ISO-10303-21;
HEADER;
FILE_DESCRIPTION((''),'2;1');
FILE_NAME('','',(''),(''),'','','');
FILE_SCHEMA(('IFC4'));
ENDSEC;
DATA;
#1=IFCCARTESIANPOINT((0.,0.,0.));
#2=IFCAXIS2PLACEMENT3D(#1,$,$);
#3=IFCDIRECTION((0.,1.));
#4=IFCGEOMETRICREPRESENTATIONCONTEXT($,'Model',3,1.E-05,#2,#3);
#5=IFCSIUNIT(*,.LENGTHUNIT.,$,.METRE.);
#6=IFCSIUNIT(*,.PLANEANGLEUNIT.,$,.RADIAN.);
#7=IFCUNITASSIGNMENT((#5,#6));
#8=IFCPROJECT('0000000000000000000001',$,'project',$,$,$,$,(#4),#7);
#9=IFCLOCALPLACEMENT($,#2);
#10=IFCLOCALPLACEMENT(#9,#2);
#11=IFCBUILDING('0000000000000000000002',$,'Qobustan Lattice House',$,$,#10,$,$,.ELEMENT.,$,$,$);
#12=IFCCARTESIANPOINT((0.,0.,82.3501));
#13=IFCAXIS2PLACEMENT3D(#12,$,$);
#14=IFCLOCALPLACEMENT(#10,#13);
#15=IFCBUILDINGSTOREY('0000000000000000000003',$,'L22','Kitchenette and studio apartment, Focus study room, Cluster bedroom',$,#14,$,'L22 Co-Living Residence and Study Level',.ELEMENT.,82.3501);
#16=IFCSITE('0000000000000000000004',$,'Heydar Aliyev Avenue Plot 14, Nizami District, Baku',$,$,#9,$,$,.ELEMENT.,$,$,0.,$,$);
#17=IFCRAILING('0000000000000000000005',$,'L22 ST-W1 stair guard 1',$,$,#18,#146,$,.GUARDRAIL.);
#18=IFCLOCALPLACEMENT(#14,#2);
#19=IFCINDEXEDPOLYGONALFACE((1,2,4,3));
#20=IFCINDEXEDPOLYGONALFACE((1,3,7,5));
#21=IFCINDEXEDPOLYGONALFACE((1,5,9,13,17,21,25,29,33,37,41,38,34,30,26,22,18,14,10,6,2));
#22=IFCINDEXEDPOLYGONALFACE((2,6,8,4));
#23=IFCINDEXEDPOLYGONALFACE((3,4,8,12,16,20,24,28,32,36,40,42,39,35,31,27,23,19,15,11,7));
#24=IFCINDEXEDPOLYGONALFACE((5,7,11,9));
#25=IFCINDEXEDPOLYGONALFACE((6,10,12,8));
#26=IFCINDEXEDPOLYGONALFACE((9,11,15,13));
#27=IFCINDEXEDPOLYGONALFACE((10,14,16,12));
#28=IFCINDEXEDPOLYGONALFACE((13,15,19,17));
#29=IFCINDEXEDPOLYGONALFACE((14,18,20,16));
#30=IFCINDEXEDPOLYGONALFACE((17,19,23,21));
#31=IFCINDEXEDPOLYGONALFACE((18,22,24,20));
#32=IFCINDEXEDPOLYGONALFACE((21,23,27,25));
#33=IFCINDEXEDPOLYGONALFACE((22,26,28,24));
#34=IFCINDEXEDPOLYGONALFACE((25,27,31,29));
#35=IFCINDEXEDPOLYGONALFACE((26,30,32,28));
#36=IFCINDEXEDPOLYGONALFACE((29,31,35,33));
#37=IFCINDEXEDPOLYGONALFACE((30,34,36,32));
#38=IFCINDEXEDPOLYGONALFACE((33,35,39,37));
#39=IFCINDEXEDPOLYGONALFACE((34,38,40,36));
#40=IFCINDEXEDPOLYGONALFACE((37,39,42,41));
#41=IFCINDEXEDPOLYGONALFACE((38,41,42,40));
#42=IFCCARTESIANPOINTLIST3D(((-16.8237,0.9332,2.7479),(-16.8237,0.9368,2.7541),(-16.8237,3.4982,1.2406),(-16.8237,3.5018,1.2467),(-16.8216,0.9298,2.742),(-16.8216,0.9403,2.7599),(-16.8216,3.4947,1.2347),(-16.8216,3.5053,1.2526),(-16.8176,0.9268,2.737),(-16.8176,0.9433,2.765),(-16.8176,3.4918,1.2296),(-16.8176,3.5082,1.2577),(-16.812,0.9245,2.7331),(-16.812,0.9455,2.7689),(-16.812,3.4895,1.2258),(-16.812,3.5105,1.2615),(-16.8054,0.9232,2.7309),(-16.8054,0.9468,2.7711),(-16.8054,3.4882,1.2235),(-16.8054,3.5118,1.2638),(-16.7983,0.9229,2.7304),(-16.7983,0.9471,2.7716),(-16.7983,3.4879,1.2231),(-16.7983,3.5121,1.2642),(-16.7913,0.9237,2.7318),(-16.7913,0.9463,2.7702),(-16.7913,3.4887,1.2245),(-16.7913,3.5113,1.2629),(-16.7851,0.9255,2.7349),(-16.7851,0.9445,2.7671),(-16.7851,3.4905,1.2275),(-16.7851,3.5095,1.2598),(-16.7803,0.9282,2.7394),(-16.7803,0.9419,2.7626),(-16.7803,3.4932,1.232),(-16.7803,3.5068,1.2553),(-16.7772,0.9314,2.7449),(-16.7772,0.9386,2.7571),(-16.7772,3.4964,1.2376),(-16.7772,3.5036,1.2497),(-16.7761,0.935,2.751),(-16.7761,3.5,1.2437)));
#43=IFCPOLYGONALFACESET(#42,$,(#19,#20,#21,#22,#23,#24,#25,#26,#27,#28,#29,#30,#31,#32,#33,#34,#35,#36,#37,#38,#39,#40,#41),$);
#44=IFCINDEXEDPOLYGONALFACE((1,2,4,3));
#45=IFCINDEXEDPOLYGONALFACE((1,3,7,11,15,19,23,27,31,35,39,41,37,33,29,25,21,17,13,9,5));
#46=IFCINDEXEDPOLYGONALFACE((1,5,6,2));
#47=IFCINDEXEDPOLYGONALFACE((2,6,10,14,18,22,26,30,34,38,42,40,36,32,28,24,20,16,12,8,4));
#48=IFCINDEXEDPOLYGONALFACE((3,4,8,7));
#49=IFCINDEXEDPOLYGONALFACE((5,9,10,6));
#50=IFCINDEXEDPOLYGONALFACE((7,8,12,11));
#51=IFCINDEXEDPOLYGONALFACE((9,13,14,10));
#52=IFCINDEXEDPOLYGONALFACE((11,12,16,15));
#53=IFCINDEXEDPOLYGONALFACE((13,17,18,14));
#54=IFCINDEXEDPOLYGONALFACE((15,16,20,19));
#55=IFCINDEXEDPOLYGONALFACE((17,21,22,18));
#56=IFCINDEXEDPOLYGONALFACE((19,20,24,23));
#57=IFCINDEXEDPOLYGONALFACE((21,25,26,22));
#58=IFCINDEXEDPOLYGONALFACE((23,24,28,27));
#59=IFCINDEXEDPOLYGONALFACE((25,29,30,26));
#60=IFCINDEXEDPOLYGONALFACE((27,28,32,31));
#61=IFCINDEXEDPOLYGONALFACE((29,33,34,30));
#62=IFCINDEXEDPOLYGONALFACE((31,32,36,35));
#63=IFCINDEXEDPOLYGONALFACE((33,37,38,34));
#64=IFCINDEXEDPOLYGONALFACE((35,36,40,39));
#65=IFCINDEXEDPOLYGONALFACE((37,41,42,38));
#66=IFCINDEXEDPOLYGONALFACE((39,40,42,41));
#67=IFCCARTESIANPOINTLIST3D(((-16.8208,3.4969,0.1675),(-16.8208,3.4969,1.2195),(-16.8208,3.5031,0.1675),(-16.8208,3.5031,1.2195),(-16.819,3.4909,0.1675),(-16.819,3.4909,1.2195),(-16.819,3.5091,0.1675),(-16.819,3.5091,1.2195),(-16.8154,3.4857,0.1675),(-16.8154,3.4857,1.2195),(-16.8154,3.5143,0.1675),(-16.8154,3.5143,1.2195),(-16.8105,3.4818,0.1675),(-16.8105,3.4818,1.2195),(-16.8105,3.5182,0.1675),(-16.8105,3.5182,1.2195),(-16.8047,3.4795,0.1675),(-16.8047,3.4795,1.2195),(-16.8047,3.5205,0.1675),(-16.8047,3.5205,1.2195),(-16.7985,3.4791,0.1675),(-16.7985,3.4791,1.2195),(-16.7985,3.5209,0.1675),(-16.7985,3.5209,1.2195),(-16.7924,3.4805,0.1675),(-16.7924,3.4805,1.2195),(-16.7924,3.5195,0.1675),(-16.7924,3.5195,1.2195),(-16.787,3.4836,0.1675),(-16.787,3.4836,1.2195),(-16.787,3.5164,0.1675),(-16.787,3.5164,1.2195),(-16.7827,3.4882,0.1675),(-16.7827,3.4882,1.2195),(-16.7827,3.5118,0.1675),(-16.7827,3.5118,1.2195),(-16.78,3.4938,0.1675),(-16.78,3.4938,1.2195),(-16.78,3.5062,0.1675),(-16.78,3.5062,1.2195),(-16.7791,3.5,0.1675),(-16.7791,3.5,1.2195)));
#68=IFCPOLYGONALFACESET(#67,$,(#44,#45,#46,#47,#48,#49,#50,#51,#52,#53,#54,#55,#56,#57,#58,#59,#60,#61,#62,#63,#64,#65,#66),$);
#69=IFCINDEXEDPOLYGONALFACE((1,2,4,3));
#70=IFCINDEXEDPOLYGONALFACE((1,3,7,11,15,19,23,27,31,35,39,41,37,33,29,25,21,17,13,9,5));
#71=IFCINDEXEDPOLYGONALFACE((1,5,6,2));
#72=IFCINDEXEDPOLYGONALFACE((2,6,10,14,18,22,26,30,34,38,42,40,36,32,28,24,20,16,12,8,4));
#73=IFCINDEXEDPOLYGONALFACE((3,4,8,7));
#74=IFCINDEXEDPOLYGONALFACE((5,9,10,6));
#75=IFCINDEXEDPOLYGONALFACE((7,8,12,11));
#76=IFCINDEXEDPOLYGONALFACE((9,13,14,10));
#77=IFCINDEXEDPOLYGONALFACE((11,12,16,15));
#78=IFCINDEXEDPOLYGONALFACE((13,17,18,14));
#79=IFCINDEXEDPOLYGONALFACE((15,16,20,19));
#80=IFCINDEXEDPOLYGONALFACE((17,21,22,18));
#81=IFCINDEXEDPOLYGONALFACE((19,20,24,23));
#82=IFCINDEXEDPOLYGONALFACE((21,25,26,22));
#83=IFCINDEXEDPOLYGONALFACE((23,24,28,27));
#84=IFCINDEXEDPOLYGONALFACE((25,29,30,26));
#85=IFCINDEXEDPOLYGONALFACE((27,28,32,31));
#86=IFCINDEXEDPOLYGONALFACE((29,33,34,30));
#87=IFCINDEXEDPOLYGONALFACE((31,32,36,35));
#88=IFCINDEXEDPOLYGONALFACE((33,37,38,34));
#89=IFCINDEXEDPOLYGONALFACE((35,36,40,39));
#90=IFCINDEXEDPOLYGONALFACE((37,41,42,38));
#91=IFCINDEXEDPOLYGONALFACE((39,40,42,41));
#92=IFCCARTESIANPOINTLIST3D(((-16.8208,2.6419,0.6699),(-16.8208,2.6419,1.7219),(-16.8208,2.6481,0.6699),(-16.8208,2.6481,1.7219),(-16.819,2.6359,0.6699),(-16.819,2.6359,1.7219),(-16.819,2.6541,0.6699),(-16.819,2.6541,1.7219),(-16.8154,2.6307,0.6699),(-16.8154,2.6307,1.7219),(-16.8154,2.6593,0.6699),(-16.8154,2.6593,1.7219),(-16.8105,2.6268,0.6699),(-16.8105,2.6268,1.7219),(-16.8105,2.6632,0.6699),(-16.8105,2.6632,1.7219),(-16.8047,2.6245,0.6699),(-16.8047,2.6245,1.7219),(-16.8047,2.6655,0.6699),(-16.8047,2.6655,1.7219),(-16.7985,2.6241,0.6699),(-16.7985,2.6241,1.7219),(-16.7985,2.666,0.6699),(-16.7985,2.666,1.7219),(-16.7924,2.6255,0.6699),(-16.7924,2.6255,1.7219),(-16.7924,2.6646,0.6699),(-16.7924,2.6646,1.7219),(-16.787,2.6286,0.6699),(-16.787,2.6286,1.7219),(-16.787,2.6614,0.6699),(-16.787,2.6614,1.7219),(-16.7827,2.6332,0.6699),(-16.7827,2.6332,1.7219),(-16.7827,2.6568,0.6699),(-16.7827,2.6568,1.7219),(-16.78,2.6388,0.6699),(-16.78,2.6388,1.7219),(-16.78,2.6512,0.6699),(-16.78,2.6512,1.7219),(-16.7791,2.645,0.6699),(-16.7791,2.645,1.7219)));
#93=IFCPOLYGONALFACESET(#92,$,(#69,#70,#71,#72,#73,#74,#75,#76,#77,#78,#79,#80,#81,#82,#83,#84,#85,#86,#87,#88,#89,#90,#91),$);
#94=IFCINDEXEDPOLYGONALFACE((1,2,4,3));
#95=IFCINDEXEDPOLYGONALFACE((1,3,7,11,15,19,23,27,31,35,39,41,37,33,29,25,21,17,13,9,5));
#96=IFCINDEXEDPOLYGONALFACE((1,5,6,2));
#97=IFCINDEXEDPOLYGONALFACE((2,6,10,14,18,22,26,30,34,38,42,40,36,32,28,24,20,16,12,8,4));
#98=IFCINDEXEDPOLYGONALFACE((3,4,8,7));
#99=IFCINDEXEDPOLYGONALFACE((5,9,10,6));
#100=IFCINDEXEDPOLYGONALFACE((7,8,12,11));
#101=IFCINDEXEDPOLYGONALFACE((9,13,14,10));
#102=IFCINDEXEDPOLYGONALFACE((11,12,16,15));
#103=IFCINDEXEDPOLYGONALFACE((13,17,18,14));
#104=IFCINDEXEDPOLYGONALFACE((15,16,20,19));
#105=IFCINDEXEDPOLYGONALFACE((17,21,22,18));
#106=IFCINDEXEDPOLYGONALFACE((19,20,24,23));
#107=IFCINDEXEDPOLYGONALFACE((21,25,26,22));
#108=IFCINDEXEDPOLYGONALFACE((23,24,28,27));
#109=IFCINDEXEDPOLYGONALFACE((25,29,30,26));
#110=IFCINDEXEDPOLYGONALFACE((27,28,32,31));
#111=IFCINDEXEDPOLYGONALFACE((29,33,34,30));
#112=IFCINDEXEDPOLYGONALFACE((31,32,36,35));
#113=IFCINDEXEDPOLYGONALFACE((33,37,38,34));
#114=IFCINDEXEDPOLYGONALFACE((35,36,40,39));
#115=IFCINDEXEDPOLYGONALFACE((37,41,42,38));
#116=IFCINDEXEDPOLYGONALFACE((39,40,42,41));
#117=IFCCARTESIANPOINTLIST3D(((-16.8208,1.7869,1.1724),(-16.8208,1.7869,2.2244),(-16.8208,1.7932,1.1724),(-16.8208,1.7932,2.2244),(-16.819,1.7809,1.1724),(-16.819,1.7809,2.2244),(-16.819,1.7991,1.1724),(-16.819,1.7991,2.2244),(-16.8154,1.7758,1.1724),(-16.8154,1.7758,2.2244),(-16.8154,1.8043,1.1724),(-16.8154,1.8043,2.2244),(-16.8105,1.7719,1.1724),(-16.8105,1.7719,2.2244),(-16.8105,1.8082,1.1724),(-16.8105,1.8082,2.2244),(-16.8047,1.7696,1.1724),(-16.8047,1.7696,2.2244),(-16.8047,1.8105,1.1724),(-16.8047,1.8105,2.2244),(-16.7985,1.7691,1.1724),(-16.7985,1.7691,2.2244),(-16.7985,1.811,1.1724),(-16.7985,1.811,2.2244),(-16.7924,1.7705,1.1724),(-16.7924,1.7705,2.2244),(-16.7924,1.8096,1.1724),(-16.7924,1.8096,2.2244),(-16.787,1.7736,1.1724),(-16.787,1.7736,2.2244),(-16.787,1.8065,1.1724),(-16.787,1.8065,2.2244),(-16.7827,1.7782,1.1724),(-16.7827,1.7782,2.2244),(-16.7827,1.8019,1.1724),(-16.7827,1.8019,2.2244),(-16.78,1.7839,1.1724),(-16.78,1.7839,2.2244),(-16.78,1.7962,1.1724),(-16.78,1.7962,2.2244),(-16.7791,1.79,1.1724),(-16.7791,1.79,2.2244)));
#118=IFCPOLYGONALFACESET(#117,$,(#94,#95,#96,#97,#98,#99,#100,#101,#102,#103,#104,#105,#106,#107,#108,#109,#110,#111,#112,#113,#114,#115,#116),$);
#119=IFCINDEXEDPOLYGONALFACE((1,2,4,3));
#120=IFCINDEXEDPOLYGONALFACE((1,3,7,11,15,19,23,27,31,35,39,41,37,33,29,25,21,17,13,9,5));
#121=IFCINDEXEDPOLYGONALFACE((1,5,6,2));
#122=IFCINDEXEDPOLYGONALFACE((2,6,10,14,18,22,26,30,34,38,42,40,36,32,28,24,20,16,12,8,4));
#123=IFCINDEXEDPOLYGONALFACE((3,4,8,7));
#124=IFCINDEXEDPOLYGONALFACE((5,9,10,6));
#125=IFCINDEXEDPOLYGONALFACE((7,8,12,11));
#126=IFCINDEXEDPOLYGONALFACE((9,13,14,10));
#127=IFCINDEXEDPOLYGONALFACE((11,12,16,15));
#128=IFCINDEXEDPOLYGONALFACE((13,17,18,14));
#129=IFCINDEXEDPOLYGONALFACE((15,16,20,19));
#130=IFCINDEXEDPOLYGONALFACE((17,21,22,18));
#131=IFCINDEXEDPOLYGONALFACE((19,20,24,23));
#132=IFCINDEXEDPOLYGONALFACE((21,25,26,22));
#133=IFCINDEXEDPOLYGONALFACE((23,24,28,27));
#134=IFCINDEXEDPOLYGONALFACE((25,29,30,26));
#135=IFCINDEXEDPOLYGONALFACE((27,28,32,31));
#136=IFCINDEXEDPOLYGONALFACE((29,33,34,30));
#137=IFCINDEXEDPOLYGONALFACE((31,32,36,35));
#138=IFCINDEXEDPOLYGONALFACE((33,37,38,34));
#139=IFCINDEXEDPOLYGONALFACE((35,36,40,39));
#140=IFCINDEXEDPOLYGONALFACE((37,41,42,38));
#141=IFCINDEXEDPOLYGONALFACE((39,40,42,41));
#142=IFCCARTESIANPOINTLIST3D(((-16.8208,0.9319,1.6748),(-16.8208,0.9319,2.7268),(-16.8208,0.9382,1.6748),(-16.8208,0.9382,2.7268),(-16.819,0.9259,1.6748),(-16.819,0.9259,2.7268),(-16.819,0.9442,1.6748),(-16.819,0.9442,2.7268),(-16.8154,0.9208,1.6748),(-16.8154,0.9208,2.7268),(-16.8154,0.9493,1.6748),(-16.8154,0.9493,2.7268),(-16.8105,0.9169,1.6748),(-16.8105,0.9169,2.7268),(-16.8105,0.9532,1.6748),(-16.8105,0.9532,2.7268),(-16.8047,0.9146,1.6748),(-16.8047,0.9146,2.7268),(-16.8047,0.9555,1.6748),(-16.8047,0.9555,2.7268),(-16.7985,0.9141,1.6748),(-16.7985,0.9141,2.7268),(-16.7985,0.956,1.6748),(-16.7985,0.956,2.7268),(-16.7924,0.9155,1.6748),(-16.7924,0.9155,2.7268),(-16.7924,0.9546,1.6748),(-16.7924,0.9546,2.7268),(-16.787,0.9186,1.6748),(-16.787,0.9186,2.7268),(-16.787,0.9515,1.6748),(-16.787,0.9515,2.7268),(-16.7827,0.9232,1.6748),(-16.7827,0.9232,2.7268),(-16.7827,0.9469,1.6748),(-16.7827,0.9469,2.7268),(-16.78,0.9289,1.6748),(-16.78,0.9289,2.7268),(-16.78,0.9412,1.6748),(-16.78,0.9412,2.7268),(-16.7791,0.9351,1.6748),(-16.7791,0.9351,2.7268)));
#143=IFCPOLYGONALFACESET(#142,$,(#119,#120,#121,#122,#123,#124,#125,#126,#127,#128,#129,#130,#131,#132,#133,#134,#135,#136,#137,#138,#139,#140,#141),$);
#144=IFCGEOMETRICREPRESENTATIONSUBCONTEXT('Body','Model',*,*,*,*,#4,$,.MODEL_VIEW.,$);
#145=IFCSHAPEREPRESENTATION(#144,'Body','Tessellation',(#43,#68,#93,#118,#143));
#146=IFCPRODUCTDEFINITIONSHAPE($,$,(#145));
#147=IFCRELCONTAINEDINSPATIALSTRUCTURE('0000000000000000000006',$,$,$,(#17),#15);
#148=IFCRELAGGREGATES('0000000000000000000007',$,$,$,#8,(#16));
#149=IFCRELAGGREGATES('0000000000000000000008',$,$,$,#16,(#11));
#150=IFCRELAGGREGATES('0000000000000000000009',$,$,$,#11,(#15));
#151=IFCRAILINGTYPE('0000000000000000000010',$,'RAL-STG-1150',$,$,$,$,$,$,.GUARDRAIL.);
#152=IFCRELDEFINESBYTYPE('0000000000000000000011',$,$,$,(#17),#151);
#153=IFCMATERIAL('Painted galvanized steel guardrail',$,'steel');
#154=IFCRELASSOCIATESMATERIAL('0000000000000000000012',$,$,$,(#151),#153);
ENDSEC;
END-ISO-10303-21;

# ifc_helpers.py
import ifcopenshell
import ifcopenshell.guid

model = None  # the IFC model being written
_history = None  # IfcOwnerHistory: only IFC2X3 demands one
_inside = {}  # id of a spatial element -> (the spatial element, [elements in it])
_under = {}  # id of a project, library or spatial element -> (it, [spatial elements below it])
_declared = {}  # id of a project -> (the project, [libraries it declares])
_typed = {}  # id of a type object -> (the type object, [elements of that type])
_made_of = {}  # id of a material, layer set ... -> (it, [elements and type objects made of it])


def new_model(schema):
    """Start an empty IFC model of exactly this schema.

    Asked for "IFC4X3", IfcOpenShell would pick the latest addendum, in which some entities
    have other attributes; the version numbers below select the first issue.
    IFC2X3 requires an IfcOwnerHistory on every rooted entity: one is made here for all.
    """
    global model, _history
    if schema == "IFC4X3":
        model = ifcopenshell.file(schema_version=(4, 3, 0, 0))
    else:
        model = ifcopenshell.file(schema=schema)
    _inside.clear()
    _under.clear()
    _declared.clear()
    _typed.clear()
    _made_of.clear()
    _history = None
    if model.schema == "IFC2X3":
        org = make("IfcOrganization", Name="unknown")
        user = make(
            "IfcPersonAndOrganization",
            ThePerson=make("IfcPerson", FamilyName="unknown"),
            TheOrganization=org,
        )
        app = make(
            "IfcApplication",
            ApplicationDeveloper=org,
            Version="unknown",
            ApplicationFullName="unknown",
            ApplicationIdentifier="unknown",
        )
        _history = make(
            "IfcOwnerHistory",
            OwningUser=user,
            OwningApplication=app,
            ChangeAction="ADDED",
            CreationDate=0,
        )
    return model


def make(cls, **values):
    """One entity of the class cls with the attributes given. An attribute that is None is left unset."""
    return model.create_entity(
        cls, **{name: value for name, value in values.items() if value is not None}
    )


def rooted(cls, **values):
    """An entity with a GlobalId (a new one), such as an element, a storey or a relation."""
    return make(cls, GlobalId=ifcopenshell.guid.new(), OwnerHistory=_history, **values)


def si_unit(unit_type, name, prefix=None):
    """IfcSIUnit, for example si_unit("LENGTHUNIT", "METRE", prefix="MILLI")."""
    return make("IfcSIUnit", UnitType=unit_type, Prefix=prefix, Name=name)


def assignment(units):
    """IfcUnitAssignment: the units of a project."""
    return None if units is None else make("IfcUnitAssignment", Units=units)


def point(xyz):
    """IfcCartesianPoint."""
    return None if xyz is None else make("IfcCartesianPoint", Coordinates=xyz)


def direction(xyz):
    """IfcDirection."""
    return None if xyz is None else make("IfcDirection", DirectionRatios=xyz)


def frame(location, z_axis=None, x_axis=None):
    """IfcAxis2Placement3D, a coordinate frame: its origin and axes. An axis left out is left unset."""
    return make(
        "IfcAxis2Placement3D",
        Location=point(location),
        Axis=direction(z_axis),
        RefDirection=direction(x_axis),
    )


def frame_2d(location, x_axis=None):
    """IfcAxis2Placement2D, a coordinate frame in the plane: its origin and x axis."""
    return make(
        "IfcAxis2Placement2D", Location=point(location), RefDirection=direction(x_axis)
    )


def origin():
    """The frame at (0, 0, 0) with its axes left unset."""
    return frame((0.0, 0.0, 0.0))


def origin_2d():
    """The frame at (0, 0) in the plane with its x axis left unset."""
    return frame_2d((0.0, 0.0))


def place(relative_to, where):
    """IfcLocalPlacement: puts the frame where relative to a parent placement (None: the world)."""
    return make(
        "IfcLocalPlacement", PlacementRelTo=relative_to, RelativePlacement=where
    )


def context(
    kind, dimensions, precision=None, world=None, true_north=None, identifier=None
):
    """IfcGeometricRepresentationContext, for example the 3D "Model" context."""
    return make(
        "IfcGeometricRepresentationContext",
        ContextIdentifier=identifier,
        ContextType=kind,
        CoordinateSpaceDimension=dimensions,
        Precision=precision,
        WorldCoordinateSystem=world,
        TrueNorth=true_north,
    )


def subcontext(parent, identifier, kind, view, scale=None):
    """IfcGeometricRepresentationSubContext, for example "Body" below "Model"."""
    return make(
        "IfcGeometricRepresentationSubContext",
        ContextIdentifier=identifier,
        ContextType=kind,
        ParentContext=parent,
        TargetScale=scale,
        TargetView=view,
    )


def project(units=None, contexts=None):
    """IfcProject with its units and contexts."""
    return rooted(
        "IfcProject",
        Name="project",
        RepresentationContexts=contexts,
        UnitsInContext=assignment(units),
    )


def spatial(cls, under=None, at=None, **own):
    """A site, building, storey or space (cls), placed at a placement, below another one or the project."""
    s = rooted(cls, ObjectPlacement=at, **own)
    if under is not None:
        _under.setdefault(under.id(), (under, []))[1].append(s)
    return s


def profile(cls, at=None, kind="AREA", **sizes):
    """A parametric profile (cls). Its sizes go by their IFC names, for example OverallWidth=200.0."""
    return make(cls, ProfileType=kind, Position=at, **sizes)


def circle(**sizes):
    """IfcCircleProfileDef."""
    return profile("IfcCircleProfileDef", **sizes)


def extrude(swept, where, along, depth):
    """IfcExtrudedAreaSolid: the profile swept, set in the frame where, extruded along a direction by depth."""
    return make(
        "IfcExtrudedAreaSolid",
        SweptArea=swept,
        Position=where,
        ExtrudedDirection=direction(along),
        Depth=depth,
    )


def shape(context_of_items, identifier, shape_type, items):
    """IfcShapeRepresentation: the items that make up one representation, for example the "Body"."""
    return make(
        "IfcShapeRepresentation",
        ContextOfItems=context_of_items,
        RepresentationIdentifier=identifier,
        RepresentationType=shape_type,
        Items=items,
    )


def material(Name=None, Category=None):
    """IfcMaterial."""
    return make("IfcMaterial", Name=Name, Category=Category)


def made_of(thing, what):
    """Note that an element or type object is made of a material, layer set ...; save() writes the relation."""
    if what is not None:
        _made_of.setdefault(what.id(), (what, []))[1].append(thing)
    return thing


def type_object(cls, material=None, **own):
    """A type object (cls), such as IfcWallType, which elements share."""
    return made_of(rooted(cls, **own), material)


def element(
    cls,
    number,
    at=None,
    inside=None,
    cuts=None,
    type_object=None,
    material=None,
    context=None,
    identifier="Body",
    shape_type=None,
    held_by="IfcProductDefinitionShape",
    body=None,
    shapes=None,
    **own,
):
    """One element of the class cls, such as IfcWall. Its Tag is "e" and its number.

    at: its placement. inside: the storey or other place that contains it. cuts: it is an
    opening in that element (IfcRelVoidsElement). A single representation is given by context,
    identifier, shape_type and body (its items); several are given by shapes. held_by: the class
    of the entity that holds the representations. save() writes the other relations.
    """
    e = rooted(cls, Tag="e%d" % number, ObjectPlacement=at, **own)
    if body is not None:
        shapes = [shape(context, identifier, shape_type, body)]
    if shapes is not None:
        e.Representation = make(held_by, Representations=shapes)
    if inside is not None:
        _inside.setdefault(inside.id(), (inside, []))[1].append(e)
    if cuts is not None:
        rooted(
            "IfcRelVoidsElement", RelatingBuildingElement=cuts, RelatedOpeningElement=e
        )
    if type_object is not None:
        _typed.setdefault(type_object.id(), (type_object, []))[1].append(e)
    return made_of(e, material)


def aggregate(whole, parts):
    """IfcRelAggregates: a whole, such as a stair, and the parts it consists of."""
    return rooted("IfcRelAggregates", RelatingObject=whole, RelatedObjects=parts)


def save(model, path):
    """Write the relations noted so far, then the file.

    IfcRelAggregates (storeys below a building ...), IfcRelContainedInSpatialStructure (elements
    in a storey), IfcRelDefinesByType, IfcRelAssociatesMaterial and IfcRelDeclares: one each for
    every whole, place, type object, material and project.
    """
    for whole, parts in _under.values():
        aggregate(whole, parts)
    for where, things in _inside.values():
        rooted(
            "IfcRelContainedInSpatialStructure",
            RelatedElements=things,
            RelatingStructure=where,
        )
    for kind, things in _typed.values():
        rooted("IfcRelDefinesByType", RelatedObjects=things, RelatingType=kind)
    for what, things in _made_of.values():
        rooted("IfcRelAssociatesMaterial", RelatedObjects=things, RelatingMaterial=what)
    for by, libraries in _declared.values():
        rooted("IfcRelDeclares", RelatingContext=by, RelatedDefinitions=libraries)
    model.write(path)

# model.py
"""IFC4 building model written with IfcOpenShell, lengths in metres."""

from ifc_helpers import new_model, si_unit, direction, frame, origin, origin_2d, place, context, subcontext, project, spatial, circle, extrude, material, type_object, element, save


model = new_model("IFC4")

# Units and contexts
model_context = context("Model", 3, precision=1e-05, world=origin(), true_north=direction((0.0, 1.0)))
body_context = subcontext(model_context, "Body", "Model", "MODEL_VIEW")
ifc_project = project(units=[si_unit("LENGTHUNIT", "METRE"), si_unit("PLANEANGLEUNIT", "RADIAN")], contexts=[model_context])

# Site, building, storey
site_placement = place(None, origin())
site = spatial("IfcSite", under=ifc_project, at=site_placement, Name="Heydar Aliyev Avenue Plot 14, Nizami District, Baku", CompositionType="ELEMENT", RefElevation=0.0)
building_placement = place(site_placement, origin())
building = spatial("IfcBuilding", under=site, at=building_placement, Name="Qobustan Lattice House", CompositionType="ELEMENT")
storey_placement = place(building_placement, frame((0.0, 0.0, 82.3501)))
storey = spatial("IfcBuildingStorey", under=building, at=storey_placement, Name="L22", Description="Kitchenette and studio apartment, Focus study room, Cluster bedroom", LongName="L22 Co-Living Residence and Study Level", CompositionType="ELEMENT", Elevation=82.3501)

# Railing
ifc_material_1 = material(Name="Painted galvanized steel guardrail", Category="steel")
railing_type_1 = type_object("IfcRailingType", Name="RAL-STG-1150", PredefinedType="GUARDRAIL", material=ifc_material_1)
railing_1_placement = place(storey_placement, frame((-16.8, 3.5, 0.1675)))
element("IfcRailing", 1, at=railing_1_placement, inside=storey, type_object=railing_type_1, Name="L22 ST-W1 stair guard 1", PredefinedType="GUARDRAIL", context=body_context, shape_type="SweptSolid", body=[
    extrude(circle(Radius=0.0239, at=origin_2d()), frame((0.0, 0.0, 1.0762), z_axis=(0.0, -0.862149, 0.506654), x_axis=(1.0, 0.0, 0.0)), (0.0, 0.0, 1.0), 2.9751),
    extrude(circle(Radius=0.021, at=origin_2d()), origin(), (0.0, 0.0, 1.0), 1.052),
    extrude(circle(Radius=0.021, at=origin_2d()), frame((0.0, -0.855, 0.5024)), (0.0, 0.0, 1.0), 1.052),
    extrude(circle(Radius=0.021, at=origin_2d()), frame((0.0, -1.71, 1.0049)), (0.0, 0.0, 1.0), 1.052),
    extrude(circle(Radius=0.021, at=origin_2d()), frame((0.0, -2.5649, 1.5073)), (0.0, 0.0, 1.0), 1.052),
])

save(model, "model.ifc")
